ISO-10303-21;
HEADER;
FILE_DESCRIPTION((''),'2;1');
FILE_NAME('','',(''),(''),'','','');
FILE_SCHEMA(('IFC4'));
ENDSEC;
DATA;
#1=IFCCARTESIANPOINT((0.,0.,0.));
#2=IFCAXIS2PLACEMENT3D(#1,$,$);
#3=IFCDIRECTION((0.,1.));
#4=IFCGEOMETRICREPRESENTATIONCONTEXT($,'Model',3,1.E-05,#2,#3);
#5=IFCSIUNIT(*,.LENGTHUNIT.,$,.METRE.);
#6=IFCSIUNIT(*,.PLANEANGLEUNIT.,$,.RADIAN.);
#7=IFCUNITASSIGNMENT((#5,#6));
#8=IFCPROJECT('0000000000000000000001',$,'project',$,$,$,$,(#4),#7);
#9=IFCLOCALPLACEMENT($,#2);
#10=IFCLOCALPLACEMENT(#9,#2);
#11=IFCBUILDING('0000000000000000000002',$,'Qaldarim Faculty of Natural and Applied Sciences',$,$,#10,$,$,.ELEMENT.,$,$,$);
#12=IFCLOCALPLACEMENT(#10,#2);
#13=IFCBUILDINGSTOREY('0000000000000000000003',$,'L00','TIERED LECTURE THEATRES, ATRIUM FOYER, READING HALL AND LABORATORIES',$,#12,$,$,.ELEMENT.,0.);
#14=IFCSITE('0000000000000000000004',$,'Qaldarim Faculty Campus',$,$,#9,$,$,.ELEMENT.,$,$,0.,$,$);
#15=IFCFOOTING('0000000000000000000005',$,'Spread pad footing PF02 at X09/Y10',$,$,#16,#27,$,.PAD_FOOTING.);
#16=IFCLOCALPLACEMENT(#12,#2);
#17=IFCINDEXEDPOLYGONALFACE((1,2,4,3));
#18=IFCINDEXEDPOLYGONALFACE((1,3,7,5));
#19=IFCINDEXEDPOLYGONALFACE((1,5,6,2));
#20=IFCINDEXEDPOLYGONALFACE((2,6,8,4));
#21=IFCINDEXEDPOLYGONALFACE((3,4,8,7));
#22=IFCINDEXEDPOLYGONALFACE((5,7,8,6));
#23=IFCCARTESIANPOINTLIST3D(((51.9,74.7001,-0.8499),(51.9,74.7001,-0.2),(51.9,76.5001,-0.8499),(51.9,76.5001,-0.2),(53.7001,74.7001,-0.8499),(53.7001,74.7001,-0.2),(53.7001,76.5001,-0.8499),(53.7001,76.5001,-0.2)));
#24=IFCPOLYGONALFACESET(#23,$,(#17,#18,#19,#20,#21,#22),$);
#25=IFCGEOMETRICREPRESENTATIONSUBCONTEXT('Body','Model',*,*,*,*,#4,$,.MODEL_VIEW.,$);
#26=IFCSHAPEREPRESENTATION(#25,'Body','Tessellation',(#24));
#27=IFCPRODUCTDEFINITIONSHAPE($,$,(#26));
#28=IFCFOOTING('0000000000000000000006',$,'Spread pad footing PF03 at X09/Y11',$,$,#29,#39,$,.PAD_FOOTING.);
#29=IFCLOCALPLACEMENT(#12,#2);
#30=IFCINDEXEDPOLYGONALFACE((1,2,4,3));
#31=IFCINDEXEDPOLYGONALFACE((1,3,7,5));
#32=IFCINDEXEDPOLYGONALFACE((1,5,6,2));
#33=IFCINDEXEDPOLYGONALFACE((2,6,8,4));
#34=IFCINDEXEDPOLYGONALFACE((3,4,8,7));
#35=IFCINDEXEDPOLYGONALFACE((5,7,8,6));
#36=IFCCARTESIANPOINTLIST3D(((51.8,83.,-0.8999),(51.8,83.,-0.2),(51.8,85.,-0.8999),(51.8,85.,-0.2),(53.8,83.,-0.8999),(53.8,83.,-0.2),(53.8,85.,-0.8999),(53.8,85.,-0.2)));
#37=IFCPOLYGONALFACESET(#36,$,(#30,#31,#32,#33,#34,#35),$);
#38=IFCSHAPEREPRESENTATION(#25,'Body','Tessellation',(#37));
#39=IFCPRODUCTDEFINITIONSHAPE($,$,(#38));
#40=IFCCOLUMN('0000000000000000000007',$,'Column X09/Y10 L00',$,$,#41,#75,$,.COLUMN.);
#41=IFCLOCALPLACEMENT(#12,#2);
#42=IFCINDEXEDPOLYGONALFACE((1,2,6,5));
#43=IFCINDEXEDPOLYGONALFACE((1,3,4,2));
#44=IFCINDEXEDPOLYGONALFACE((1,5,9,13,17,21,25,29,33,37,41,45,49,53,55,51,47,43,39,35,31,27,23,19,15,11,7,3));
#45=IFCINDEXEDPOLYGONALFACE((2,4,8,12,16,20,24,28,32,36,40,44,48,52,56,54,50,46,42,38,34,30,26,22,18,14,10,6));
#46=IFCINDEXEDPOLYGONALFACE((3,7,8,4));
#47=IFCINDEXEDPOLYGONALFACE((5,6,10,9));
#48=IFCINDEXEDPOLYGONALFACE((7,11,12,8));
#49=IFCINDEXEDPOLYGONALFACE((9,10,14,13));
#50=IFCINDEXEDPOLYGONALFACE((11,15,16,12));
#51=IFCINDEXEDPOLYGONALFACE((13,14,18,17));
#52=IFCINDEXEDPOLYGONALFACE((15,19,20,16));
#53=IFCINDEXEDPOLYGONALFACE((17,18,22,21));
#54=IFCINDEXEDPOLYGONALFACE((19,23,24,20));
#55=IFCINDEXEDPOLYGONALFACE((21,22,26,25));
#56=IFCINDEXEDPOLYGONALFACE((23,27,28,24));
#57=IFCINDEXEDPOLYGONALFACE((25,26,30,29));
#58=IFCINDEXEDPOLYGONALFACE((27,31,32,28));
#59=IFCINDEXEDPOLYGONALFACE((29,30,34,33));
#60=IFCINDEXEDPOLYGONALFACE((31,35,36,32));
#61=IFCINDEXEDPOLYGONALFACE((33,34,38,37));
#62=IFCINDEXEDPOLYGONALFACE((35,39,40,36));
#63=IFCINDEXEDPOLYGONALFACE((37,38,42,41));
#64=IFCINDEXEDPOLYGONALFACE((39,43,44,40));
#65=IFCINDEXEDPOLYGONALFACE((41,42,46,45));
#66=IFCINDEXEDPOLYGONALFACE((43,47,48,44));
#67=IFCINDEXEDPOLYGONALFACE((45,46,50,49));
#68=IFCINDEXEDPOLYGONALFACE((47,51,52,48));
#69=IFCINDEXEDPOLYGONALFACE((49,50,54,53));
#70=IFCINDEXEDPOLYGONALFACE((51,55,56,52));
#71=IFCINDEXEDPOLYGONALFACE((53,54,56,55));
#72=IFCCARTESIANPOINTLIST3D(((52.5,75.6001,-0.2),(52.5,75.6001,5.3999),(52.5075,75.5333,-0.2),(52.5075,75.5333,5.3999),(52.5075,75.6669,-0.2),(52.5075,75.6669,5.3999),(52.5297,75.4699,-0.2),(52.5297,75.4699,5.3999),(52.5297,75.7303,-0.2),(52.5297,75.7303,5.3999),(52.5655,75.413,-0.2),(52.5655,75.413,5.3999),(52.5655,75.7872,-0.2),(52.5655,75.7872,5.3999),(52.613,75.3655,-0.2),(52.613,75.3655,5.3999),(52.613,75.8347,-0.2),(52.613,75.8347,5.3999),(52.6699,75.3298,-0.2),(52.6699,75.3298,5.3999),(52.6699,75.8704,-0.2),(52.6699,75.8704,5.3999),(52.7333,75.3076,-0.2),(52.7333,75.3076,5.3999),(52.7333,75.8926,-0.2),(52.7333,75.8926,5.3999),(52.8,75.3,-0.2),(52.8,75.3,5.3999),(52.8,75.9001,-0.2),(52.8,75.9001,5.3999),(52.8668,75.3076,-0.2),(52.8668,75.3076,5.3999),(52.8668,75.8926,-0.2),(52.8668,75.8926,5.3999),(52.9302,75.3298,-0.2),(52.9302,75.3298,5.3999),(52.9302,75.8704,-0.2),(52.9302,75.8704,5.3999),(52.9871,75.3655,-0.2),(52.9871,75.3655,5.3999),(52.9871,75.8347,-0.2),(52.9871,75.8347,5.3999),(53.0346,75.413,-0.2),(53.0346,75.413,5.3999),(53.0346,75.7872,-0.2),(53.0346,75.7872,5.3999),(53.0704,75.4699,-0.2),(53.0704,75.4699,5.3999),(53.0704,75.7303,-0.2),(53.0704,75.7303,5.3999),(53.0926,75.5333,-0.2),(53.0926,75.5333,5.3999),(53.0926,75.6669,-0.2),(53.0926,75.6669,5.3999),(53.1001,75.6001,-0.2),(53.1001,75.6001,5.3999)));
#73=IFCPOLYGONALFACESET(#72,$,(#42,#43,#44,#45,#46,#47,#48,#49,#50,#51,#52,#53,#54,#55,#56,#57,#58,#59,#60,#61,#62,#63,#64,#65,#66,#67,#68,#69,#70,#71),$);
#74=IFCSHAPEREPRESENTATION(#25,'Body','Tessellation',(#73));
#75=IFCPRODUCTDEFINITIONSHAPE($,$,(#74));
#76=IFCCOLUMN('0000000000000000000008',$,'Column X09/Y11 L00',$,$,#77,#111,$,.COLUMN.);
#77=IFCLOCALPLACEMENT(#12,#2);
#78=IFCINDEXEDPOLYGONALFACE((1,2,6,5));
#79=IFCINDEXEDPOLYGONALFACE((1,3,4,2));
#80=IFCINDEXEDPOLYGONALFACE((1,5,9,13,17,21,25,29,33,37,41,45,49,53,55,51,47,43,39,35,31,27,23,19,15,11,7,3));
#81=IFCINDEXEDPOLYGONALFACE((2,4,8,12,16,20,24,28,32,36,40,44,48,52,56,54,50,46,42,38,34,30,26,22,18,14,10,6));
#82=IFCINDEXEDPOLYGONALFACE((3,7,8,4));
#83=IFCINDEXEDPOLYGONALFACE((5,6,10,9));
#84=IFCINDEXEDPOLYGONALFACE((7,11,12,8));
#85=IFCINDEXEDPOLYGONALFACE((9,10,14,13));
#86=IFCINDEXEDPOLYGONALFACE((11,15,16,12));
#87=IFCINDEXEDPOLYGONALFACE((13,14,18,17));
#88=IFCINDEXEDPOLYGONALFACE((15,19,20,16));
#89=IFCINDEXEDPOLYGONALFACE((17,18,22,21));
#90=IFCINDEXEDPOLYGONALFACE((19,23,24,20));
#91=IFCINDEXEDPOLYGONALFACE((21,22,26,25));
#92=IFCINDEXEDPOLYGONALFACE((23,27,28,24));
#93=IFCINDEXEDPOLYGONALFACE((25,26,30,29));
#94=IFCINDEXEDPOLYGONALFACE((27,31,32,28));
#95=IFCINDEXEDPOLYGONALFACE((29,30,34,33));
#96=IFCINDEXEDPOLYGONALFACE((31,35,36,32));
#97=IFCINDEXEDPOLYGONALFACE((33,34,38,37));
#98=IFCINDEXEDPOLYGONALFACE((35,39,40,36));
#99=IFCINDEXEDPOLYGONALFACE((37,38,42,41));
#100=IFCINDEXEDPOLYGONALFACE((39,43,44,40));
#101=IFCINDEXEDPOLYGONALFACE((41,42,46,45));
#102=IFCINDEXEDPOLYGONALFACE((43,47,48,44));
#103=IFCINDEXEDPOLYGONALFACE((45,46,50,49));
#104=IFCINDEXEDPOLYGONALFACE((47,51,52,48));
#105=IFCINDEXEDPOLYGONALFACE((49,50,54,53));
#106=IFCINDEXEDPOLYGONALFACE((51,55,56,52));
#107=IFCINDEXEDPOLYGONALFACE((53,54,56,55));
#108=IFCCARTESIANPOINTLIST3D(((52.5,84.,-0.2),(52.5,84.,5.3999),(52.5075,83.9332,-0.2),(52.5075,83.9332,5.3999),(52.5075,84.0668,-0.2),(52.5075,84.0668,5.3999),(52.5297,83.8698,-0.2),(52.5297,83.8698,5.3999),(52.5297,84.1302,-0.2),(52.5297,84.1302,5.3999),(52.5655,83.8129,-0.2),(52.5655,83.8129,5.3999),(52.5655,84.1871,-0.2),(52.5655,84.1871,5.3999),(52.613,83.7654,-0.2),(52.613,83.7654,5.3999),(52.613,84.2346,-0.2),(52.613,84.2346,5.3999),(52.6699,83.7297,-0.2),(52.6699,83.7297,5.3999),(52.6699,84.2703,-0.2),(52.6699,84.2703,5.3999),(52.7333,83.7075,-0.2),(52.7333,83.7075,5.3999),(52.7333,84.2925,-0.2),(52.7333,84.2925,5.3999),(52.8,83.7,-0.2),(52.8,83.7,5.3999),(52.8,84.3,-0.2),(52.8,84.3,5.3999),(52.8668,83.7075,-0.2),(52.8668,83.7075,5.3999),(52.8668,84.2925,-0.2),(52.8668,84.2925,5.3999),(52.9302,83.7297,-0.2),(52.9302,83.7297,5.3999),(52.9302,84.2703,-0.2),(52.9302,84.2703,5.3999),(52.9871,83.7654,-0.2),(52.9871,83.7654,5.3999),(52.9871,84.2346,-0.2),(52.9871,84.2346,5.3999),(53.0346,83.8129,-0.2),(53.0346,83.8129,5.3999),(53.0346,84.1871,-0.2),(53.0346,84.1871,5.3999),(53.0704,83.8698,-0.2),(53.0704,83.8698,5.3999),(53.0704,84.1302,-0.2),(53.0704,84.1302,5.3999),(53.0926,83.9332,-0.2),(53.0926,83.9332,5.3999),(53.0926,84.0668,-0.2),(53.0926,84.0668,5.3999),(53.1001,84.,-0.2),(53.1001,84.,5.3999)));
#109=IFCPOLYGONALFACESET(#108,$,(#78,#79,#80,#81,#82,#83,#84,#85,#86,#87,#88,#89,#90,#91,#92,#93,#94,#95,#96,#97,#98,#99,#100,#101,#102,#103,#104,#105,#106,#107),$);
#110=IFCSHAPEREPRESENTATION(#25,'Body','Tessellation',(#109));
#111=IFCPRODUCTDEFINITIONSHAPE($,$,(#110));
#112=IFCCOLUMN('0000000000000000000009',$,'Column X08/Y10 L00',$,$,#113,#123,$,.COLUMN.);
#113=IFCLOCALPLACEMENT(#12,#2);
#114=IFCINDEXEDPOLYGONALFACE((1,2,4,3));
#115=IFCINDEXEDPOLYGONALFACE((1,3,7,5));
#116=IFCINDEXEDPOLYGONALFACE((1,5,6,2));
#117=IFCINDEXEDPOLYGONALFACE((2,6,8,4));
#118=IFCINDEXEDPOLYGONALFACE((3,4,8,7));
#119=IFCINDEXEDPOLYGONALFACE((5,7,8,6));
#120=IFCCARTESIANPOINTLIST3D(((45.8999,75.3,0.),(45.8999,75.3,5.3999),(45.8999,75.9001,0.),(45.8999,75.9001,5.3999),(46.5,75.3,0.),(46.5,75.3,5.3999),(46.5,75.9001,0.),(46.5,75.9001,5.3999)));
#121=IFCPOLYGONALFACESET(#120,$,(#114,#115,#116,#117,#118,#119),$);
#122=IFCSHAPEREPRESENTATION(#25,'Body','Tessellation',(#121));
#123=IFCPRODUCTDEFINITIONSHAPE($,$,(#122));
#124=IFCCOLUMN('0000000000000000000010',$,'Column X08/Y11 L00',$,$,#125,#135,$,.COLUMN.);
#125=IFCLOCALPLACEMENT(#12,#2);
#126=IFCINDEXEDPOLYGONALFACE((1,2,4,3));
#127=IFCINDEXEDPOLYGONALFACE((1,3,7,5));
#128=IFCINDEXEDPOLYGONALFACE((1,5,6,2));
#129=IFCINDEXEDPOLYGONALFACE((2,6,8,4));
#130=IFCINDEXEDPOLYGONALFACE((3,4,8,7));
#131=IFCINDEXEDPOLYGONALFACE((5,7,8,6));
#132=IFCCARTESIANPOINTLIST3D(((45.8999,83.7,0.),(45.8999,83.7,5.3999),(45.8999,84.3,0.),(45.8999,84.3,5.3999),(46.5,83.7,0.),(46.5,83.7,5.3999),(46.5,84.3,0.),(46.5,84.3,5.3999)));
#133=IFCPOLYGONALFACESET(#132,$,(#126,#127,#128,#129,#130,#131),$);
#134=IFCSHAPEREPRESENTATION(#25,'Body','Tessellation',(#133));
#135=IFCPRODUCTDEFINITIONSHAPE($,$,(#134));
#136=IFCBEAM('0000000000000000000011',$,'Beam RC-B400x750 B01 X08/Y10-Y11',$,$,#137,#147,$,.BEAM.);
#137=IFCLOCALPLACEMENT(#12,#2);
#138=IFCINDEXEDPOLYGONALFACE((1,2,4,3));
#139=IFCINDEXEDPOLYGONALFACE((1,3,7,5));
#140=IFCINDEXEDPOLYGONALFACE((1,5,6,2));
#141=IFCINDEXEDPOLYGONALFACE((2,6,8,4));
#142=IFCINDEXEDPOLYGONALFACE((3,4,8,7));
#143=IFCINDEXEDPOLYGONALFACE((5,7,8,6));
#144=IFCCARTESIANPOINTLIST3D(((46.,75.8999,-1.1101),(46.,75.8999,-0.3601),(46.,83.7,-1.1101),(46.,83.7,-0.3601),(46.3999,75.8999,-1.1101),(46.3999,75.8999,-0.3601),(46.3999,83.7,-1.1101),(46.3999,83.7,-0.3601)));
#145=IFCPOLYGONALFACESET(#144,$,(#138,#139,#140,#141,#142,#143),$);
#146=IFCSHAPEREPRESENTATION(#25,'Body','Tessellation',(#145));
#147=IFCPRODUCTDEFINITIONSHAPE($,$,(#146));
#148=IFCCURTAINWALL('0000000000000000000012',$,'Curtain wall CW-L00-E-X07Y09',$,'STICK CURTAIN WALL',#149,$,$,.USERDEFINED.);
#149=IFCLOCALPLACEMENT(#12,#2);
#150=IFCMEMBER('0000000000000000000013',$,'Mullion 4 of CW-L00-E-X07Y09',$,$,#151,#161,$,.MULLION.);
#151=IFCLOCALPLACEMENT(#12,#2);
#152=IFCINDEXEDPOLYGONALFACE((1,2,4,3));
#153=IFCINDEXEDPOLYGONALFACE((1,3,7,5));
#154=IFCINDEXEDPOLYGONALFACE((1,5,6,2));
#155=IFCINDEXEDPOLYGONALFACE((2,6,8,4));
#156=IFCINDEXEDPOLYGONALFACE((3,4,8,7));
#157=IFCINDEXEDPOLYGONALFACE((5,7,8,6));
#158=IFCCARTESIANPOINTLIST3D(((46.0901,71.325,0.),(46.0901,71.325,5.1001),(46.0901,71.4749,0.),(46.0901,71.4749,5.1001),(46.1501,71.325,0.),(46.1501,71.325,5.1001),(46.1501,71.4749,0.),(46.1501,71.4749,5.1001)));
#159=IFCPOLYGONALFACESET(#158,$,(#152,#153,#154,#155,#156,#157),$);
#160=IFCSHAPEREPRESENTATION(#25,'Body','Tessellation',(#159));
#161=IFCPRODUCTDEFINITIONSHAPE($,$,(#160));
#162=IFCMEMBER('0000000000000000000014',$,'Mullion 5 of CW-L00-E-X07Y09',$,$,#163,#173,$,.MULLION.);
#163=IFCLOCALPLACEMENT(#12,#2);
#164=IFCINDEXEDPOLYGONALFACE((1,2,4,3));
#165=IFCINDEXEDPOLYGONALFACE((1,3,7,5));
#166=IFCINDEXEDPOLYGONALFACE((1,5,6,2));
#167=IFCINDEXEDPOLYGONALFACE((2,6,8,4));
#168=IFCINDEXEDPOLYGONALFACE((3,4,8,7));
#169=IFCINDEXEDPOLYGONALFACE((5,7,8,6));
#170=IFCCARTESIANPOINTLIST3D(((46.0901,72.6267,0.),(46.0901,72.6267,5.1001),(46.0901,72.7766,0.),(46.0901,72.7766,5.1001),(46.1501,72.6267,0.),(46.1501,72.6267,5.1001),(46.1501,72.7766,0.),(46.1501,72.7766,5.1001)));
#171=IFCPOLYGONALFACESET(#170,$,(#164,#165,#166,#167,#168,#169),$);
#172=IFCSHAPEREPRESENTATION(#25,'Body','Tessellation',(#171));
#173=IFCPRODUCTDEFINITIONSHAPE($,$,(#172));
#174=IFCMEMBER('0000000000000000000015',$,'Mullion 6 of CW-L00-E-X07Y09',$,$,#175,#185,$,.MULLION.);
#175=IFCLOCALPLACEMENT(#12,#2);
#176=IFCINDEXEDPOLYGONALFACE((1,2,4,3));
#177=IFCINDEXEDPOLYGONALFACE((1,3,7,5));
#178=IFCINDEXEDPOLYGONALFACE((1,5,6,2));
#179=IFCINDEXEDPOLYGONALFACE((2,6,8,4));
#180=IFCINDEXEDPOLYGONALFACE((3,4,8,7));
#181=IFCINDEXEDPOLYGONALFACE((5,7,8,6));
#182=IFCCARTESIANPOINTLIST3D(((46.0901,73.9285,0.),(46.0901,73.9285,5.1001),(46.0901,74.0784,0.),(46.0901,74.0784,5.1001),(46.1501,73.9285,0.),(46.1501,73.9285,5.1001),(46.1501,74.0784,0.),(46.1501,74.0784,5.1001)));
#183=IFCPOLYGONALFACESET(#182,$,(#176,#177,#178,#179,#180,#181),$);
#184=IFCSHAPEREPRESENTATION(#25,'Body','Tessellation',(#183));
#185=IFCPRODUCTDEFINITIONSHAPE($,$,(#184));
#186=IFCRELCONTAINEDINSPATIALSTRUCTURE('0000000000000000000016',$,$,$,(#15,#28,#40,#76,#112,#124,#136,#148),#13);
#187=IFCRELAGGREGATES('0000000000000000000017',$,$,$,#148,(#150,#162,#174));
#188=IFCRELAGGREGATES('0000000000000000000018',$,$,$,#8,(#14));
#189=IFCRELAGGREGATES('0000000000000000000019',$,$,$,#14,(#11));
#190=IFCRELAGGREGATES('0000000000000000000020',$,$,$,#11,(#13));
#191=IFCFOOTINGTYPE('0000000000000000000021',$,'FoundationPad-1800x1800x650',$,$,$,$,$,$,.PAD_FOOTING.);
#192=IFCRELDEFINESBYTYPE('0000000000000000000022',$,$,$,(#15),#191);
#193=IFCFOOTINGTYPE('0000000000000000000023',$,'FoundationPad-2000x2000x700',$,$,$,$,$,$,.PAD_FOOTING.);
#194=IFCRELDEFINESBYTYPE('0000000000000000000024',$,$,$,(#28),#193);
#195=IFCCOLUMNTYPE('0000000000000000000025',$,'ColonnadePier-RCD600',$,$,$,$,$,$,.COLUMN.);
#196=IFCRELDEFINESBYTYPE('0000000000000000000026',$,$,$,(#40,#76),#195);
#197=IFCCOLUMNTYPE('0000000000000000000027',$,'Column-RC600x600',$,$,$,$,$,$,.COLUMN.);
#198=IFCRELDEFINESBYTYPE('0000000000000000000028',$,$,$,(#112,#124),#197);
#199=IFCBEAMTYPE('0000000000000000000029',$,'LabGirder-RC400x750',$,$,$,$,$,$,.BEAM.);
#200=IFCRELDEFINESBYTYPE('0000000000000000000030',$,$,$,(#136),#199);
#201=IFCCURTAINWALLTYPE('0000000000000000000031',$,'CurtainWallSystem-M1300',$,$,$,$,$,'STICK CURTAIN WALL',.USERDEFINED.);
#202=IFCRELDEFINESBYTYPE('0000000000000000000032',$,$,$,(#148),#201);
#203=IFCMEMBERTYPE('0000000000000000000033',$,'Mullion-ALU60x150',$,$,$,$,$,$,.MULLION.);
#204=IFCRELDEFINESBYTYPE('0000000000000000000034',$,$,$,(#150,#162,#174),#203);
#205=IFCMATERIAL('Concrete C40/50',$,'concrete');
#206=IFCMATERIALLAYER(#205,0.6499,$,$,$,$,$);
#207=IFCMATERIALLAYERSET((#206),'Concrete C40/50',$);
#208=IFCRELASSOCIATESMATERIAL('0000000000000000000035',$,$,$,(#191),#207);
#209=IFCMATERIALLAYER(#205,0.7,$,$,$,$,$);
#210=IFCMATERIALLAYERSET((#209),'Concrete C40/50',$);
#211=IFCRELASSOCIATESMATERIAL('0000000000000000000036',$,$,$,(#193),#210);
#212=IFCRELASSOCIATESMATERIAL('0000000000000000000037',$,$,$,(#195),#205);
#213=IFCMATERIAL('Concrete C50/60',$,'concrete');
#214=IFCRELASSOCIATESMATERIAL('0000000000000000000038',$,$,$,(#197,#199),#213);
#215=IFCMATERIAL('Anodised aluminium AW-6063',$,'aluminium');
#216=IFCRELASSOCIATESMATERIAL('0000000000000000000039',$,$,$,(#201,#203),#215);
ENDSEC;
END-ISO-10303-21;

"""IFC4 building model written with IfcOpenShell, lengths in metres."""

from ifc_helpers import new_model, si_unit, direction, frame, origin, origin_2d, place, context, subcontext, project, spatial, rectangle, circle, extrude, material, layer, layer_set, material_profile, profile_set, type_object, element, aggregate, save


model = new_model("IFC4")

# Units and contexts
model_context = context("Model", 3, precision=1e-05, world=origin(), true_north=direction((0.0, 1.0)))
body_context = subcontext(model_context, "Body", "Model", "MODEL_VIEW")
ifc_project = project(units=[si_unit("LENGTHUNIT", "METRE"), si_unit("PLANEANGLEUNIT", "RADIAN")], contexts=[model_context])

# Site, building, storey
site_placement = place(None, origin())
site = spatial("IfcSite", under=ifc_project, at=site_placement, Name="Qaldarim Faculty Campus", CompositionType="ELEMENT", RefElevation=0.0)
building_placement = place(site_placement, origin())
building = spatial("IfcBuilding", under=site, at=building_placement, Name="Qaldarim Faculty of Natural and Applied Sciences", CompositionType="ELEMENT")
storey_placement = place(building_placement, origin())
storey = spatial("IfcBuildingStorey", under=building, at=storey_placement, Name="L00", Description="TIERED LECTURE THEATRES, ATRIUM FOYER, READING HALL AND LABORATORIES", CompositionType="ELEMENT", Elevation=0.0)

# Footings
ifc_material_1 = material(Name="Concrete C40/50", Category="concrete")
ifc_layer_1 = layer(ifc_material_1, 0.6499)
ifc_layer_set_1 = layer_set([ifc_layer_1], Name="Concrete C40/50")
footing_type_1 = type_object("IfcFootingType", Name="FoundationPad-1800x1800x650", PredefinedType="PAD_FOOTING", material=ifc_layer_set_1)
footing_1_placement = place(storey_placement, frame((52.8, 75.6001, -0.8499), z_axis=(0.0, 0.0, 1.0), x_axis=(1.0, 0.0, 0.0)))
element("IfcFooting", 1, at=footing_1_placement, inside=storey, type_object=footing_type_1, Name="Spread pad footing PF02 at X09/Y10", PredefinedType="PAD_FOOTING", context=body_context, shape_type="SweptSolid", body=[
    extrude(rectangle(XDim=1.8, YDim=1.8, at=origin_2d()), origin(), (0.0, 0.0, 1.0), 0.6499),
])
ifc_layer_2 = layer(ifc_material_1, 0.7)
ifc_layer_set_2 = layer_set([ifc_layer_2], Name="Concrete C40/50")
footing_type_2 = type_object("IfcFootingType", Name="FoundationPad-2000x2000x700", PredefinedType="PAD_FOOTING", material=ifc_layer_set_2)
footing_2_placement = place(storey_placement, frame((52.8, 84.0, -0.8999), z_axis=(0.0, 0.0, 1.0), x_axis=(1.0, 0.0, 0.0)))
element("IfcFooting", 2, at=footing_2_placement, inside=storey, type_object=footing_type_2, Name="Spread pad footing PF03 at X09/Y11", PredefinedType="PAD_FOOTING", context=body_context, shape_type="SweptSolid", body=[
    extrude(rectangle(XDim=2.0, YDim=2.0, at=origin_2d()), origin(), (0.0, 0.0, 1.0), 0.7),
])

# Columns
ifc_material_profile_1 = material_profile(ifc_material_1, circle(Radius=0.3, at=origin_2d()), Name="RC-D600")
ifc_profile_set_1 = profile_set([ifc_material_profile_1], Name="Concrete C40/50")
column_type_1 = type_object("IfcColumnType", Name="ColonnadePier-RCD600", PredefinedType="COLUMN", material=ifc_profile_set_1)
for number, where, z_axis, x_axis, name in (
    (3, (52.8, 75.6001, -0.2), (0.0, 0.0, 1.0), (1.0, 0.0, 0.0), "Column X09/Y10 L00"),
    (4, (52.8, 84.0, -0.2), (0.0, 0.0, 1.0), (1.0, 0.0, 0.0), "Column X09/Y11 L00"),
):
    element("IfcColumn", number, at=place(storey_placement, frame(where, z_axis=z_axis, x_axis=x_axis)), inside=storey, type_object=column_type_1, Name=name, PredefinedType="COLUMN", context=body_context, shape_type="SweptSolid", body=[
        extrude(circle(Radius=0.3, at=origin_2d()), origin(), (0.0, 0.0, 1.0), 5.5999),
    ])
ifc_material_2 = material(Name="Concrete C50/60", Category="concrete")
ifc_material_profile_2 = material_profile(ifc_material_2, rectangle(XDim=0.6001, YDim=0.6001, at=origin_2d()), Name="RC-C600x600")
ifc_profile_set_2 = profile_set([ifc_material_profile_2], Name="Concrete C50/60")
column_type_2 = type_object("IfcColumnType", Name="Column-RC600x600", PredefinedType="COLUMN", material=ifc_profile_set_2)
for number, where, z_axis, x_axis, name in (
    (5, (46.2, 75.6001, 0.0), (0.0, 0.0, 1.0), (1.0, 0.0, 0.0), "Column X08/Y10 L00"),
    (6, (46.2, 84.0, 0.0), (0.0, 0.0, 1.0), (1.0, 0.0, 0.0), "Column X08/Y11 L00"),
):
    element("IfcColumn", number, at=place(storey_placement, frame(where, z_axis=z_axis, x_axis=x_axis)), inside=storey, type_object=column_type_2, Name=name, PredefinedType="COLUMN", context=body_context, shape_type="SweptSolid", body=[
        extrude(rectangle(XDim=0.6001, YDim=0.6001, at=origin_2d()), origin(), (0.0, 0.0, 1.0), 5.3999),
    ])

# Beam
ifc_material_profile_3 = material_profile(ifc_material_2, rectangle(XDim=0.3999, YDim=0.75, at=origin_2d()), Name="RC-B400x750")
ifc_profile_set_3 = profile_set([ifc_material_profile_3], Name="Concrete C50/60")
beam_type = type_object("IfcBeamType", Name="LabGirder-RC400x750", PredefinedType="BEAM", material=ifc_profile_set_3)
beam_placement = place(storey_placement, frame((46.2, 75.8999, -0.7351), z_axis=(0.0, 1.0, 0.0), x_axis=(-1.0, 0.0, 0.0)))
element("IfcBeam", 7, at=beam_placement, inside=storey, type_object=beam_type, Name="Beam RC-B400x750 B01 X08/Y10-Y11", PredefinedType="BEAM", context=body_context, shape_type="SweptSolid", body=[
    extrude(rectangle(XDim=0.3999, YDim=0.75, at=origin_2d()), origin(), (0.0, 0.0, 1.0), 7.8),
])

# Curtain wall, members
ifc_material_3 = material(Name="Anodised aluminium AW-6063", Category="aluminium")
curtain_wall_type = type_object("IfcCurtainWallType", Name="CurtainWallSystem-M1300", ElementType="STICK CURTAIN WALL", PredefinedType="USERDEFINED", material=ifc_material_3)
curtain_wall_placement = place(storey_placement, origin())
curtain_wall = element("IfcCurtainWall", 8, at=curtain_wall_placement, inside=storey, type_object=curtain_wall_type, Name="Curtain wall CW-L00-E-X07Y09", ObjectType="STICK CURTAIN WALL", PredefinedType="USERDEFINED")
ifc_material_profile_4 = material_profile(ifc_material_3, rectangle(XDim=0.0601, YDim=0.1499, at=origin_2d()), Name="ALU-M60x150")
ifc_profile_set_4 = profile_set([ifc_material_profile_4], Name="Anodised aluminium AW-6063")
member_type_1 = type_object("IfcMemberType", Name="Mullion-ALU60x150", PredefinedType="MULLION", material=ifc_profile_set_4)
member_1_placement = place(storey_placement, frame((46.1201, 71.3999, 0.0), z_axis=(0.0, 0.0, 1.0), x_axis=(-1.0, 0.0, 0.0)))
member_1 = element("IfcMember", 9, at=member_1_placement, type_object=member_type_1, Name="Mullion 4 of CW-L00-E-X07Y09", PredefinedType="MULLION", context=body_context, shape_type="SweptSolid", body=[
    extrude(rectangle(XDim=0.0601, YDim=0.1499, at=origin_2d()), origin(), (0.0, 0.0, 1.0), 5.1001),
])
member_2_placement = place(storey_placement, frame((46.1201, 72.7017, 0.0), z_axis=(0.0, 0.0, 1.0), x_axis=(-1.0, 0.0, 0.0)))
member_2 = element("IfcMember", 10, at=member_2_placement, type_object=member_type_1, Name="Mullion 5 of CW-L00-E-X07Y09", PredefinedType="MULLION", context=body_context, shape_type="SweptSolid", body=[
    extrude(rectangle(XDim=0.0601, YDim=0.1499, at=origin_2d()), origin(), (0.0, 0.0, 1.0), 5.1001),
])
member_3_placement = place(storey_placement, frame((46.1201, 74.0034, 0.0), z_axis=(0.0, 0.0, 1.0), x_axis=(-1.0, 0.0, 0.0)))
member_3 = element("IfcMember", 11, at=member_3_placement, type_object=member_type_1, Name="Mullion 6 of CW-L00-E-X07Y09", PredefinedType="MULLION", context=body_context, shape_type="SweptSolid", body=[
    extrude(rectangle(XDim=0.0601, YDim=0.1499, at=origin_2d()), origin(), (0.0, 0.0, 1.0), 5.1001),
])
aggregate(curtain_wall, [member_1, member_2, member_3])

save(model, "model.ifc")
